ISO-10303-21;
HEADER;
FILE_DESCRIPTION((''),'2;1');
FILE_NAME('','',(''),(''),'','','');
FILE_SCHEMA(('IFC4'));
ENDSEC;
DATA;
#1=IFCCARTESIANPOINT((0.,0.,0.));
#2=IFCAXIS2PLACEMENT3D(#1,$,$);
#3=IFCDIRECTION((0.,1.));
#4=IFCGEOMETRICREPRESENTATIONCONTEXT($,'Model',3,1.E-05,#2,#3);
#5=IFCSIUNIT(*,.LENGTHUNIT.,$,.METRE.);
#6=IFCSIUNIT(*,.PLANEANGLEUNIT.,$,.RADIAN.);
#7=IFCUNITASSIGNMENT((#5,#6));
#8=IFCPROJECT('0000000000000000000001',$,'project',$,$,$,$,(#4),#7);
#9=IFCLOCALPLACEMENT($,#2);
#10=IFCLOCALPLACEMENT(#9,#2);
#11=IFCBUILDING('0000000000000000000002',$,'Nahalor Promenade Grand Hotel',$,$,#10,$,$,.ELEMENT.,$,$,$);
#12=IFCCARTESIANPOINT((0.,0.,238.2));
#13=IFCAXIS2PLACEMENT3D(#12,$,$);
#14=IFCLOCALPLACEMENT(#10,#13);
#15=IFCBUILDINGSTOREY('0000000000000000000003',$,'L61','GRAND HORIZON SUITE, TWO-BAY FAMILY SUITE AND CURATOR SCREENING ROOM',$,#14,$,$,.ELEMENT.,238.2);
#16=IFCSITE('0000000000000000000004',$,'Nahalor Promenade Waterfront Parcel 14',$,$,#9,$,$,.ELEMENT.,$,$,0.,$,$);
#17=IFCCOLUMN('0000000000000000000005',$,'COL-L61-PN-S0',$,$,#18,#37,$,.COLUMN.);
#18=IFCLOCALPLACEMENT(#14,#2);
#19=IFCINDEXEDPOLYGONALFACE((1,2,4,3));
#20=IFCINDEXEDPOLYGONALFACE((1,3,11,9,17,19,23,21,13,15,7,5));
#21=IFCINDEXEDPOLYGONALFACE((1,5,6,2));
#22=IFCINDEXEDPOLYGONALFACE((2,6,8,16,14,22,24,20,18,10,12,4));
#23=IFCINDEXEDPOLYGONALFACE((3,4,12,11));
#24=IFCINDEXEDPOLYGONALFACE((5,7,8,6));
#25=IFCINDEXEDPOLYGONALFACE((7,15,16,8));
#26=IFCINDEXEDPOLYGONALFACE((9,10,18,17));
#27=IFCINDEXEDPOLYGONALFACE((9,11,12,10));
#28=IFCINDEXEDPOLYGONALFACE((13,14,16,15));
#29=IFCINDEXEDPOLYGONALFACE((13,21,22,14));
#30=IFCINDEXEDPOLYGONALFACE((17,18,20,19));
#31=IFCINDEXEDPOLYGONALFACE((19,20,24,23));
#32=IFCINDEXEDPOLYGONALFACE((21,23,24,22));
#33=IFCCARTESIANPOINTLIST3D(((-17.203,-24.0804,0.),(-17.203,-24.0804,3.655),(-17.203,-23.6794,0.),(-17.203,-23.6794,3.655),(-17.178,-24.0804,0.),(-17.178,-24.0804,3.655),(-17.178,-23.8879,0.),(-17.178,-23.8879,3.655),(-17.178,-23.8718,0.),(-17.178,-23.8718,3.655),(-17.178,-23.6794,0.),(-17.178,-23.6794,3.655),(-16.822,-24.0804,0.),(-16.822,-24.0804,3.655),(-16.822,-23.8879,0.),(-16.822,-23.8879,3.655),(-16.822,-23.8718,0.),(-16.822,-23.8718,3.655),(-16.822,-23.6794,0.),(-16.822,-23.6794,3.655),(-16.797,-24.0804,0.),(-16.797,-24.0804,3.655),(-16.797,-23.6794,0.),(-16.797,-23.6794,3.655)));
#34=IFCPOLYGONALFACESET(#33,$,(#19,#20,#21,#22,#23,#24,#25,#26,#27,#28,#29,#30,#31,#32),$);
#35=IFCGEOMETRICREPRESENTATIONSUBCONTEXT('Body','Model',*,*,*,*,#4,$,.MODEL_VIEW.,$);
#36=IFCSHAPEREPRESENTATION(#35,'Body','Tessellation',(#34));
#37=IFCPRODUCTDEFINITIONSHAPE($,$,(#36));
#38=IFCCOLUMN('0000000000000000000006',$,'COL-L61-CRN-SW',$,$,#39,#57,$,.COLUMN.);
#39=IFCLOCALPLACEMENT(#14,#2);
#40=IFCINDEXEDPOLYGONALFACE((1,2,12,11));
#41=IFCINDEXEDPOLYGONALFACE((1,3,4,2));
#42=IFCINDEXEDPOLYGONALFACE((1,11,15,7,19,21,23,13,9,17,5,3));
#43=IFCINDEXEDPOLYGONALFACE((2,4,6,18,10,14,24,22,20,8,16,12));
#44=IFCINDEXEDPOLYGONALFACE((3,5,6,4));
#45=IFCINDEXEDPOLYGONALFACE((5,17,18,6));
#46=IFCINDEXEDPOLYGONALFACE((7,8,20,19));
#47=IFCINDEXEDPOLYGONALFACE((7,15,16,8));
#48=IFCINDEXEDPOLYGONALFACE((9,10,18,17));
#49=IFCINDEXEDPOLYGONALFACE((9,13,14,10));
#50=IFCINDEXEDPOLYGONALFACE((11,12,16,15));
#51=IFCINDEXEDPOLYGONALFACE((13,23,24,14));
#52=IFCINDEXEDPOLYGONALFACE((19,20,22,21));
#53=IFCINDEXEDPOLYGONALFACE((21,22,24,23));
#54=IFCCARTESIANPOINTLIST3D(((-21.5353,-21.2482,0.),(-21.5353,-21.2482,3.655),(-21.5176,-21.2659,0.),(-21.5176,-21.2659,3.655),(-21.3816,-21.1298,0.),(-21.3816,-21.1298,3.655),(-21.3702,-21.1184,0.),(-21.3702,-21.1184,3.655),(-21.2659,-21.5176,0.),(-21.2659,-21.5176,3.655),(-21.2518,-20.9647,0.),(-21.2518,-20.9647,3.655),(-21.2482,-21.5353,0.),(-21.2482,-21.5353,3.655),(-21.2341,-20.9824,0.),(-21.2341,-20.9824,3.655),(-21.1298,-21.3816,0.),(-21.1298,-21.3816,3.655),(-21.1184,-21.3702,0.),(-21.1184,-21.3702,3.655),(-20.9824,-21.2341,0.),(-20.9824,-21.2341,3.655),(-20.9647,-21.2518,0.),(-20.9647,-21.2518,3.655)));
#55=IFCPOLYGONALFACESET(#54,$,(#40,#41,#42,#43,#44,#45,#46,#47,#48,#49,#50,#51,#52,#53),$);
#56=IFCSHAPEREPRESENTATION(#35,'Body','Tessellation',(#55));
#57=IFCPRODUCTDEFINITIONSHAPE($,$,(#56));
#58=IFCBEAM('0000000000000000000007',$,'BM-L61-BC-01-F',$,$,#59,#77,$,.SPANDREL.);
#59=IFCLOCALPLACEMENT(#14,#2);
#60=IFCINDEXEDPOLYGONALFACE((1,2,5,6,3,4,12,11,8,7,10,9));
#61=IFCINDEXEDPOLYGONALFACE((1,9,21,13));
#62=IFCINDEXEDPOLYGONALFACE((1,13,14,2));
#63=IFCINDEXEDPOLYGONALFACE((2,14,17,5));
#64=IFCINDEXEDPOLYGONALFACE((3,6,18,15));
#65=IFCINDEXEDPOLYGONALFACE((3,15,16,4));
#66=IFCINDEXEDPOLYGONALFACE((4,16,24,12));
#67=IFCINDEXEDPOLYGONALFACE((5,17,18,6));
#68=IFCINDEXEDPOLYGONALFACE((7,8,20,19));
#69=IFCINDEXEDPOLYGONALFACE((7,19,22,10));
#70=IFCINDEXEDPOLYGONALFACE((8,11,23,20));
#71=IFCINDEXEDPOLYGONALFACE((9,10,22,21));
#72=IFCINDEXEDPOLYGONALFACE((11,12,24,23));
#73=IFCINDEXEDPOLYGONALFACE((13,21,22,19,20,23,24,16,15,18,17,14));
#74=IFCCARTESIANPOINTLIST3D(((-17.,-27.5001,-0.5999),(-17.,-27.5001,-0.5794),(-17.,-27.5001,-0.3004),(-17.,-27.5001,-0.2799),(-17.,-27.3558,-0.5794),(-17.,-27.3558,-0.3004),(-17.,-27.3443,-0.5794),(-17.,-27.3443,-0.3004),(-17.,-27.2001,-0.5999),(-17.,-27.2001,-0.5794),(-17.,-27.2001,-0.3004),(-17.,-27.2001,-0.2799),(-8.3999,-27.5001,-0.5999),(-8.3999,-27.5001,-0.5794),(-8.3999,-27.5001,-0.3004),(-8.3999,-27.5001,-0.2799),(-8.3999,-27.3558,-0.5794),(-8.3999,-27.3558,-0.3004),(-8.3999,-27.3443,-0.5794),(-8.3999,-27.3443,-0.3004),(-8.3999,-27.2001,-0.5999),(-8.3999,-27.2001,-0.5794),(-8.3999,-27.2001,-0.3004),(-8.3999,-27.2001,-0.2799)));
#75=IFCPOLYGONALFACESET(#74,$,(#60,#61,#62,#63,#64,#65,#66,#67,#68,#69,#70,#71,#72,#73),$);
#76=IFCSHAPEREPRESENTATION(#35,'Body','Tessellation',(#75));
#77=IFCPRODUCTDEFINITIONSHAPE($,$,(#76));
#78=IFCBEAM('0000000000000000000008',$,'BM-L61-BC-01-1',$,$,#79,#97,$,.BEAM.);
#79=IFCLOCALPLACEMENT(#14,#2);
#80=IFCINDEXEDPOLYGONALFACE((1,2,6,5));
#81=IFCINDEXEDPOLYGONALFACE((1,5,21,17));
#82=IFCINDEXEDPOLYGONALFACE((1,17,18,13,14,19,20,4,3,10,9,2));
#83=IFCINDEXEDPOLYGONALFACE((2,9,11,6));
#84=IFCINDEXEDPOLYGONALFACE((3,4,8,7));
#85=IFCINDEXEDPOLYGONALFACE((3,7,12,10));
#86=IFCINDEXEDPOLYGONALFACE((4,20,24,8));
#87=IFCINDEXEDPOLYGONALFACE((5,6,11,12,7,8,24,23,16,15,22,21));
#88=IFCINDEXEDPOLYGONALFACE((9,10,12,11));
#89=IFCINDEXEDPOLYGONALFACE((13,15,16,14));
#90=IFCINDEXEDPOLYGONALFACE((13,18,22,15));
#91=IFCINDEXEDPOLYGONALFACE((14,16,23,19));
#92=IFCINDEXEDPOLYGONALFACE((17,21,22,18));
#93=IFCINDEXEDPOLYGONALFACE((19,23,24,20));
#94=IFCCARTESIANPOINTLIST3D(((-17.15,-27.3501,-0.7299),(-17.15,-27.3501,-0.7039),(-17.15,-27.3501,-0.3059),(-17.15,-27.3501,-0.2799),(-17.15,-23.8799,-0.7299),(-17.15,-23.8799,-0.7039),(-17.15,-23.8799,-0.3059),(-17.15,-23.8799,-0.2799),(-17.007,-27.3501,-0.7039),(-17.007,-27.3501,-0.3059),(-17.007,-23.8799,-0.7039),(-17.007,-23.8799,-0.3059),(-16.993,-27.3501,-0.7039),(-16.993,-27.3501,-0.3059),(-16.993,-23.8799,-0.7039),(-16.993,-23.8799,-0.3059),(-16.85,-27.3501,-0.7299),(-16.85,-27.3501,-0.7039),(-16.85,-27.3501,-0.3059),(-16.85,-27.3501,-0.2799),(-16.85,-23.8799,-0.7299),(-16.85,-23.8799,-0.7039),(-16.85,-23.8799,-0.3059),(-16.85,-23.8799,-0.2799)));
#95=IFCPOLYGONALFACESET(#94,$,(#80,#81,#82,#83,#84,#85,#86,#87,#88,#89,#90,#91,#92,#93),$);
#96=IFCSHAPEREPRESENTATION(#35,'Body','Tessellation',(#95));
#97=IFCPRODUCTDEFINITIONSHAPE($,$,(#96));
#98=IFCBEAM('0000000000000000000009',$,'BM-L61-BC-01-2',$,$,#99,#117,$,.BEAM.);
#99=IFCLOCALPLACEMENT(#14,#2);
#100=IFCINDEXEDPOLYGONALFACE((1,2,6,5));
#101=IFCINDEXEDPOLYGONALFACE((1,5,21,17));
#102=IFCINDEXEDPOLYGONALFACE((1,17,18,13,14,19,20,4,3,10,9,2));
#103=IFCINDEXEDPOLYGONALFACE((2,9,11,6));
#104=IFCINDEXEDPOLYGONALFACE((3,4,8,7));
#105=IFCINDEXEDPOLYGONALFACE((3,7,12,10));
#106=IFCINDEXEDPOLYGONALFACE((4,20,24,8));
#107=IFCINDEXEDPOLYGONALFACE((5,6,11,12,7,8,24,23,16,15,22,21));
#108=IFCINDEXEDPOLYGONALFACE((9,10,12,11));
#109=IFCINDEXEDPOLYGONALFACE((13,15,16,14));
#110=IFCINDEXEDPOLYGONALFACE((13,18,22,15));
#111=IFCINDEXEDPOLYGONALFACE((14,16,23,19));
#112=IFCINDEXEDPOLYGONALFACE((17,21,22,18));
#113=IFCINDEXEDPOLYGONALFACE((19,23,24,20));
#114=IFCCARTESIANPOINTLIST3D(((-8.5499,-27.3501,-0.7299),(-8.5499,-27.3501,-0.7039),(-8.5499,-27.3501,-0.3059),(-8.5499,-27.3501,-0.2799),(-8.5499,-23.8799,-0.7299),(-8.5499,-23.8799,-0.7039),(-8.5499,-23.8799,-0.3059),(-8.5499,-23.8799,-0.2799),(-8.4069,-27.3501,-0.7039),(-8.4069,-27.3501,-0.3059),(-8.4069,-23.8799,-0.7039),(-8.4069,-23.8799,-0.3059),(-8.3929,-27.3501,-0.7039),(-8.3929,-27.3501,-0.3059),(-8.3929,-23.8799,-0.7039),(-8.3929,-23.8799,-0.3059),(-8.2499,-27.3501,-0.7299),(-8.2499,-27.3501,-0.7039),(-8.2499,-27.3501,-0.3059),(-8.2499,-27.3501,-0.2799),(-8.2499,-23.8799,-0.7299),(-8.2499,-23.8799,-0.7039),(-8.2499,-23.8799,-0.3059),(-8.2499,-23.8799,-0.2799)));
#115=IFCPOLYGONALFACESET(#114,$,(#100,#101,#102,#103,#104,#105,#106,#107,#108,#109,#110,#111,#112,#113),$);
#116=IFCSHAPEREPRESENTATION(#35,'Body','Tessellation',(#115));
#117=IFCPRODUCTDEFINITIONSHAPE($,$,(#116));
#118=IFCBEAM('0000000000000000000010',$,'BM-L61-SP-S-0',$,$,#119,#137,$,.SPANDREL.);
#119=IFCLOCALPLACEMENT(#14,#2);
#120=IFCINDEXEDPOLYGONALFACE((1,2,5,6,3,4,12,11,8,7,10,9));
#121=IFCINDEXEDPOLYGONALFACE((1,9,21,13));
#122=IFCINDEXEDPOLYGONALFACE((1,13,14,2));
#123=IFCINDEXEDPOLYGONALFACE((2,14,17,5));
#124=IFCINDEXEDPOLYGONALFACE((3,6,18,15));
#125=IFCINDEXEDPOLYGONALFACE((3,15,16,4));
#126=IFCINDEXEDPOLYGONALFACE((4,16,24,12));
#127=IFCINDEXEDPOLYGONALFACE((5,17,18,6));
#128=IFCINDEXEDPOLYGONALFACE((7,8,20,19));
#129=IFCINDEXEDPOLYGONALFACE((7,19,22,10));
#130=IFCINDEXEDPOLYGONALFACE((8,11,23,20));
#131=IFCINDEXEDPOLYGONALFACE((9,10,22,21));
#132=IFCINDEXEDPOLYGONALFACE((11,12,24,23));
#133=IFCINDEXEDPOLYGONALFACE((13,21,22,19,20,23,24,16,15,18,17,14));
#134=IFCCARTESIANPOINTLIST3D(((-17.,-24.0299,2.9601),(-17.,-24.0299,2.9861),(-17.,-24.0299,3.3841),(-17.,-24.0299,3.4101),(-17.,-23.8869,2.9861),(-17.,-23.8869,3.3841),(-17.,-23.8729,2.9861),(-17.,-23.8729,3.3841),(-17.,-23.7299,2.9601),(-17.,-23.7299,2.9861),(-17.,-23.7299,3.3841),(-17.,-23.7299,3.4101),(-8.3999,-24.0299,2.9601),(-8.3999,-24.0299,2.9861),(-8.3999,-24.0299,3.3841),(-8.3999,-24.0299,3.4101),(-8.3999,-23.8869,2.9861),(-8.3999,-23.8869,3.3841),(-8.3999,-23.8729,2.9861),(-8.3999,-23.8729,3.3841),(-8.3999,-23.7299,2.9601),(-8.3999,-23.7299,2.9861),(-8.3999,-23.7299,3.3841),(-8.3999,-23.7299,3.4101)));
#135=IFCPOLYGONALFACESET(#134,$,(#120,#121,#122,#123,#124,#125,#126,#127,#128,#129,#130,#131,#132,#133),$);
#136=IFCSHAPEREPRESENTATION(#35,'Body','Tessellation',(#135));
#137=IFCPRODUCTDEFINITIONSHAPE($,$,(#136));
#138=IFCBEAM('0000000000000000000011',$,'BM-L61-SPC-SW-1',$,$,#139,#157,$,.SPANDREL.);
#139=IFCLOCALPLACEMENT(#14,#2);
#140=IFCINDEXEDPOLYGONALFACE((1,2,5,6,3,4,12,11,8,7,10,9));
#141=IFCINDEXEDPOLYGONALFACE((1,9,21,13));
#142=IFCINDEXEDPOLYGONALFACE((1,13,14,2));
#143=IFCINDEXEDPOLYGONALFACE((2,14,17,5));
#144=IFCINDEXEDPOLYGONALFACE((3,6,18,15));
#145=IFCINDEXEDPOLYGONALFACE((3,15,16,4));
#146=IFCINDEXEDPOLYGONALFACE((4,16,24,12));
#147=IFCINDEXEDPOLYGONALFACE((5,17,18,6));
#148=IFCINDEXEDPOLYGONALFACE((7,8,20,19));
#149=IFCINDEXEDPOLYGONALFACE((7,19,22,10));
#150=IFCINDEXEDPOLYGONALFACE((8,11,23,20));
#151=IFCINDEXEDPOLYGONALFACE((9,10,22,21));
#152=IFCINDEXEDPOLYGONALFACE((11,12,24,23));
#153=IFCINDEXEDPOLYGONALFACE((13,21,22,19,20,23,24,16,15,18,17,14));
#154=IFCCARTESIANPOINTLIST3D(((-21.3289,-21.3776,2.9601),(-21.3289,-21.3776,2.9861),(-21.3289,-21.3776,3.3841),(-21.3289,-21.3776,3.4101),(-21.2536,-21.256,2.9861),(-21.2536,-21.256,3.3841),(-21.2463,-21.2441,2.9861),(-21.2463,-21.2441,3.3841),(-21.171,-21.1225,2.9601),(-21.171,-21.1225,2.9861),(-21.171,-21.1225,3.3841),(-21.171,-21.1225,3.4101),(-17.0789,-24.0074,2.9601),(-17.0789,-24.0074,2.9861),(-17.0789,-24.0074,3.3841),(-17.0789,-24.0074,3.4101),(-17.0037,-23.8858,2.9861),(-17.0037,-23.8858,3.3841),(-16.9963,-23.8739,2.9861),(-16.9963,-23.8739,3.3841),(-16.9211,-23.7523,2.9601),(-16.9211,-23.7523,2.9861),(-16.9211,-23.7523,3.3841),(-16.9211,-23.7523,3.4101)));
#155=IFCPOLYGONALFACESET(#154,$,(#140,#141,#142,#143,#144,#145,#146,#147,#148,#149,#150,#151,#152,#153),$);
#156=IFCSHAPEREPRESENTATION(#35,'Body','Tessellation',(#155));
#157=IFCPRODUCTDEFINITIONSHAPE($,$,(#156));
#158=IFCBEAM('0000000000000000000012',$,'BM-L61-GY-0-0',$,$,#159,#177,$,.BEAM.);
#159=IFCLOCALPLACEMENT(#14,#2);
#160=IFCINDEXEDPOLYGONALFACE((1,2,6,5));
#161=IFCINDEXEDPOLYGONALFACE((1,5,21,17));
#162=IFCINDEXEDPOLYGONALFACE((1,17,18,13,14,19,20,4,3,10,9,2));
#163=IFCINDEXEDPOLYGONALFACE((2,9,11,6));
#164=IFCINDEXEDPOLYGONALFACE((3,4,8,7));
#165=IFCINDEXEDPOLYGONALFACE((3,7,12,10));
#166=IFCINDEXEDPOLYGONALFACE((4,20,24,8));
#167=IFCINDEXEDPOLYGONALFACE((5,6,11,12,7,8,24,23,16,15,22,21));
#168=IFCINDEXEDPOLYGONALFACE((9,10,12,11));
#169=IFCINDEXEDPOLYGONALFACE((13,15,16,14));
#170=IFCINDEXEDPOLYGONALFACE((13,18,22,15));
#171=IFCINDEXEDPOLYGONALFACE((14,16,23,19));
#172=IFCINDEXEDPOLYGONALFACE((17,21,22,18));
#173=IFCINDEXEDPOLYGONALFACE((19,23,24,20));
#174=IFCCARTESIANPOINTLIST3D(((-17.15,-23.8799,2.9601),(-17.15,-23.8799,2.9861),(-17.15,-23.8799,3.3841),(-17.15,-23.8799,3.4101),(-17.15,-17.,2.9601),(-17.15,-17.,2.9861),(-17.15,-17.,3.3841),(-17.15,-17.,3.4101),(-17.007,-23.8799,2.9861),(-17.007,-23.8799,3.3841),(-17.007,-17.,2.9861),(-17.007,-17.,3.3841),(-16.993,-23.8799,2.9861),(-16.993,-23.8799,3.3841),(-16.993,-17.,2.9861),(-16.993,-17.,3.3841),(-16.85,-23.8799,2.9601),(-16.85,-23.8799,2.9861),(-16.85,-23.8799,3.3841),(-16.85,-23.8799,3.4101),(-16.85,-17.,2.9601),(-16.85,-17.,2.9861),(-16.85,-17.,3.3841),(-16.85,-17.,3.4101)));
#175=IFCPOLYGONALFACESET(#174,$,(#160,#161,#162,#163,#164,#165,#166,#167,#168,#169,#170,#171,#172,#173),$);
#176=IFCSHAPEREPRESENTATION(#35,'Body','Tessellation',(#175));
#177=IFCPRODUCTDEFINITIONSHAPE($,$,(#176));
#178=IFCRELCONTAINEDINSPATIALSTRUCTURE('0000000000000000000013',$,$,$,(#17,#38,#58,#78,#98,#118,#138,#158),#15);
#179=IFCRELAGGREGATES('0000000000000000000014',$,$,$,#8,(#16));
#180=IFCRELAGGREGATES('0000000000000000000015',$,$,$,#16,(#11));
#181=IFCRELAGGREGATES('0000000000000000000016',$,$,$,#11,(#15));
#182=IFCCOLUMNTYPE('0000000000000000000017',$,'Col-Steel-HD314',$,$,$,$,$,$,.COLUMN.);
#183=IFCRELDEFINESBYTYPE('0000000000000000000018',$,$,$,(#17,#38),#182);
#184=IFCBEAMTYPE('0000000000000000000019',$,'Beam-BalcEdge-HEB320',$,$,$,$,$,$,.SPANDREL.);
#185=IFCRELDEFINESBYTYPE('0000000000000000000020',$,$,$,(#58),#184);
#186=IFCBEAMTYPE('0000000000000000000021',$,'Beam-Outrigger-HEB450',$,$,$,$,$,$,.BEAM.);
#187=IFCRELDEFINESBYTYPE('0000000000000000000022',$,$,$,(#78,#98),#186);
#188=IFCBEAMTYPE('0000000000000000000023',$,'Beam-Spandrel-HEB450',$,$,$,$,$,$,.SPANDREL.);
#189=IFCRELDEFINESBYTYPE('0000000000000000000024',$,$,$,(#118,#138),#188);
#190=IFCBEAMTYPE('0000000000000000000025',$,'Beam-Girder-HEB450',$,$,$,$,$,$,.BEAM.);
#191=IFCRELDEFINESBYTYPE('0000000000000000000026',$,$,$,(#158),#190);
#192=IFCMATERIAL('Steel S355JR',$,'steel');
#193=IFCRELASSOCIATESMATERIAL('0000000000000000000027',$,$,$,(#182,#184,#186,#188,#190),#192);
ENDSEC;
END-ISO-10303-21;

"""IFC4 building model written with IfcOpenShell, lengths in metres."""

from ifc_helpers import new_model, si_unit, direction, frame, origin, origin_2d, place, context, subcontext, project, spatial, i_section, extrude, source, transform, mapped, material, material_profile, profile_set, type_object, element, save


model = new_model("IFC4")

# Units and contexts
model_context = context("Model", 3, precision=1e-05, world=origin(), true_north=direction((0.0, 1.0)))
body_context = subcontext(model_context, "Body", "Model", "MODEL_VIEW")
ifc_project = project(units=[si_unit("LENGTHUNIT", "METRE"), si_unit("PLANEANGLEUNIT", "RADIAN")], contexts=[model_context])

# Site, building, storey
site_placement = place(None, origin())
site = spatial("IfcSite", under=ifc_project, at=site_placement, Name="Nahalor Promenade Waterfront Parcel 14", CompositionType="ELEMENT", RefElevation=0.0)
building_placement = place(site_placement, origin())
building = spatial("IfcBuilding", under=site, at=building_placement, Name="Nahalor Promenade Grand Hotel", CompositionType="ELEMENT")
storey_placement = place(building_placement, frame((0.0, 0.0, 238.2)))
storey = spatial("IfcBuildingStorey", under=building, at=storey_placement, Name="L61", Description="GRAND HORIZON SUITE, TWO-BAY FAMILY SUITE AND CURATOR SCREENING ROOM", CompositionType="ELEMENT", Elevation=238.2)

# Columns
ifc_material_1 = material(Name="Steel S355JR", Category="steel")
ifc_material_profile_1 = material_profile(ifc_material_1, i_section(OverallWidth=0.401, OverallDepth=0.406, WebThickness=0.0161, FlangeThickness=0.025, at=origin_2d()), Name="HD 400x314")
ifc_profile_set_1 = profile_set([ifc_material_profile_1], Name="Steel S355JR")
column_type = type_object("IfcColumnType", Name="Col-Steel-HD314", PredefinedType="COLUMN", material=ifc_profile_set_1)
shared_shape_1 = source(origin(), body_context, "Body", "SweptSolid", [
    extrude(i_section(OverallWidth=0.401, OverallDepth=0.406, WebThickness=0.0161, FlangeThickness=0.025, at=origin_2d()), origin(), (0.0, 0.0, 1.0), 3.655),
])
for number, where, z_axis, x_axis, name in (
    (1, (-17.0, -23.8799, 0.0), (0.0, 0.0, 1.0), (0.0, 1.0, 0.0), "COL-L61-PN-S0"),
    (2, (-21.25, -21.25, 0.0), (0.0, 0.0, 1.0), (0.707107, 0.707107, 0.0), "COL-L61-CRN-SW"),
):
    element("IfcColumn", number, at=place(storey_placement, frame(where, z_axis=z_axis, x_axis=x_axis)), inside=storey, type_object=column_type, Name=name, PredefinedType="COLUMN", context=body_context, shape_type="MappedRepresentation", body=[
        mapped(shared_shape_1, transform((0.0, 0.0, 0.0), scale=1.0)),
    ])

# Beams
ifc_material_profile_2 = material_profile(ifc_material_1, i_section(OverallWidth=0.3, OverallDepth=0.32, WebThickness=0.0115, FlangeThickness=0.0205, at=origin_2d()), Name="HEB 320")
ifc_profile_set_2 = profile_set([ifc_material_profile_2], Name="Steel S355JR")
beam_type_1 = type_object("IfcBeamType", Name="Beam-BalcEdge-HEB320", PredefinedType="SPANDREL", material=ifc_profile_set_2)
shared_shape_2 = source(origin(), body_context, "Body", "SweptSolid", [
    extrude(i_section(OverallWidth=0.3, OverallDepth=0.32, WebThickness=0.0115, FlangeThickness=0.0205, at=origin_2d()), origin(), (0.0, 0.0, 1.0), 8.6001),
])
beam_1_placement = place(storey_placement, frame((-17.0, -27.3501, -0.4399), z_axis=(1.0, 0.0, 0.0), x_axis=(0.0, 1.0, 0.0)))
element("IfcBeam", 3, at=beam_1_placement, inside=storey, type_object=beam_type_1, Name="BM-L61-BC-01-F", PredefinedType="SPANDREL", context=body_context, shape_type="MappedRepresentation", body=[
    mapped(shared_shape_2, transform((0.0, 0.0, 0.0), scale=1.0)),
])
ifc_material_profile_3 = material_profile(ifc_material_1, i_section(OverallWidth=0.3, OverallDepth=0.45, WebThickness=0.014, FlangeThickness=0.026, at=origin_2d()), Name="HEB 450")
ifc_profile_set_3 = profile_set([ifc_material_profile_3], Name="Steel S355JR")
beam_type_2 = type_object("IfcBeamType", Name="Beam-Outrigger-HEB450", PredefinedType="BEAM", material=ifc_profile_set_3)
shared_shape_3 = source(origin(), body_context, "Body", "SweptSolid", [
    extrude(i_section(OverallWidth=0.3, OverallDepth=0.45, WebThickness=0.014, FlangeThickness=0.026, at=origin_2d()), origin(), (0.0, 0.0, 1.0), 3.4702),
])
for number, where, z_axis, x_axis, name in (
    (4, (-17.0, -27.3501, -0.5049), (0.0, 1.0, 0.0), (-1.0, 0.0, 0.0), "BM-L61-BC-01-1"),
    (5, (-8.3999, -27.3501, -0.5049), (0.0, 1.0, 0.0), (-1.0, 0.0, 0.0), "BM-L61-BC-01-2"),
):
    element("IfcBeam", number, at=place(storey_placement, frame(where, z_axis=z_axis, x_axis=x_axis)), inside=storey, type_object=beam_type_2, Name=name, PredefinedType="BEAM", context=body_context, shape_type="MappedRepresentation", body=[
        mapped(shared_shape_3, transform((0.0, 0.0, 0.0), scale=1.0)),
    ])
ifc_material_profile_4 = material_profile(ifc_material_1, i_section(OverallWidth=0.3, OverallDepth=0.45, WebThickness=0.014, FlangeThickness=0.026, at=origin_2d()), Name="HEB 450")
ifc_profile_set_4 = profile_set([ifc_material_profile_4], Name="Steel S355JR")
beam_type_3 = type_object("IfcBeamType", Name="Beam-Spandrel-HEB450", PredefinedType="SPANDREL", material=ifc_profile_set_4)
shared_shape_4 = source(origin(), body_context, "Body", "SweptSolid", [
    extrude(i_section(OverallWidth=0.3, OverallDepth=0.45, WebThickness=0.014, FlangeThickness=0.026, at=origin_2d()), origin(), (0.0, 0.0, 1.0), 8.6001),
])
beam_2_placement = place(storey_placement, frame((-17.0, -23.8799, 3.1851), z_axis=(1.0, 0.0, 0.0), x_axis=(0.0, 1.0, 0.0)))
element("IfcBeam", 6, at=beam_2_placement, inside=storey, type_object=beam_type_3, Name="BM-L61-SP-S-0", PredefinedType="SPANDREL", context=body_context, shape_type="MappedRepresentation", body=[
    mapped(shared_shape_4, transform((0.0, 0.0, 0.0), scale=1.0)),
])
shared_shape_5 = source(origin(), body_context, "Body", "SweptSolid", [
    extrude(i_section(OverallWidth=0.3, OverallDepth=0.45, WebThickness=0.014, FlangeThickness=0.026, at=origin_2d()), origin(), (0.0, 0.0, 1.0), 4.9978),
])
beam_3_placement = place(storey_placement, frame((-17.0, -23.8799, 3.1851), z_axis=(-0.850361, 0.5262, 0.0), x_axis=(-0.5262, -0.850361, 0.0)))
element("IfcBeam", 7, at=beam_3_placement, inside=storey, type_object=beam_type_3, Name="BM-L61-SPC-SW-1", PredefinedType="SPANDREL", context=body_context, shape_type="MappedRepresentation", body=[
    mapped(shared_shape_5, transform((0.0, 0.0, 0.0), scale=1.0)),
])
ifc_material_profile_5 = material_profile(ifc_material_1, i_section(OverallWidth=0.3, OverallDepth=0.45, WebThickness=0.014, FlangeThickness=0.026, at=origin_2d()), Name="HEB 450")
ifc_profile_set_5 = profile_set([ifc_material_profile_5], Name="Steel S355JR")
beam_type_4 = type_object("IfcBeamType", Name="Beam-Girder-HEB450", PredefinedType="BEAM", material=ifc_profile_set_5)
shared_shape_6 = source(origin(), body_context, "Body", "SweptSolid", [
    extrude(i_section(OverallWidth=0.3, OverallDepth=0.45, WebThickness=0.014, FlangeThickness=0.026, at=origin_2d()), origin(), (0.0, 0.0, 1.0), 6.8799),
])
beam_4_placement = place(storey_placement, frame((-17.0, -23.8799, 3.1851), z_axis=(0.0, 1.0, 0.0), x_axis=(-1.0, 0.0, 0.0)))
element("IfcBeam", 8, at=beam_4_placement, inside=storey, type_object=beam_type_4, Name="BM-L61-GY-0-0", PredefinedType="BEAM", context=body_context, shape_type="MappedRepresentation", body=[
    mapped(shared_shape_6, transform((0.0, 0.0, 0.0), scale=1.0)),
])

save(model, "model.ifc")
